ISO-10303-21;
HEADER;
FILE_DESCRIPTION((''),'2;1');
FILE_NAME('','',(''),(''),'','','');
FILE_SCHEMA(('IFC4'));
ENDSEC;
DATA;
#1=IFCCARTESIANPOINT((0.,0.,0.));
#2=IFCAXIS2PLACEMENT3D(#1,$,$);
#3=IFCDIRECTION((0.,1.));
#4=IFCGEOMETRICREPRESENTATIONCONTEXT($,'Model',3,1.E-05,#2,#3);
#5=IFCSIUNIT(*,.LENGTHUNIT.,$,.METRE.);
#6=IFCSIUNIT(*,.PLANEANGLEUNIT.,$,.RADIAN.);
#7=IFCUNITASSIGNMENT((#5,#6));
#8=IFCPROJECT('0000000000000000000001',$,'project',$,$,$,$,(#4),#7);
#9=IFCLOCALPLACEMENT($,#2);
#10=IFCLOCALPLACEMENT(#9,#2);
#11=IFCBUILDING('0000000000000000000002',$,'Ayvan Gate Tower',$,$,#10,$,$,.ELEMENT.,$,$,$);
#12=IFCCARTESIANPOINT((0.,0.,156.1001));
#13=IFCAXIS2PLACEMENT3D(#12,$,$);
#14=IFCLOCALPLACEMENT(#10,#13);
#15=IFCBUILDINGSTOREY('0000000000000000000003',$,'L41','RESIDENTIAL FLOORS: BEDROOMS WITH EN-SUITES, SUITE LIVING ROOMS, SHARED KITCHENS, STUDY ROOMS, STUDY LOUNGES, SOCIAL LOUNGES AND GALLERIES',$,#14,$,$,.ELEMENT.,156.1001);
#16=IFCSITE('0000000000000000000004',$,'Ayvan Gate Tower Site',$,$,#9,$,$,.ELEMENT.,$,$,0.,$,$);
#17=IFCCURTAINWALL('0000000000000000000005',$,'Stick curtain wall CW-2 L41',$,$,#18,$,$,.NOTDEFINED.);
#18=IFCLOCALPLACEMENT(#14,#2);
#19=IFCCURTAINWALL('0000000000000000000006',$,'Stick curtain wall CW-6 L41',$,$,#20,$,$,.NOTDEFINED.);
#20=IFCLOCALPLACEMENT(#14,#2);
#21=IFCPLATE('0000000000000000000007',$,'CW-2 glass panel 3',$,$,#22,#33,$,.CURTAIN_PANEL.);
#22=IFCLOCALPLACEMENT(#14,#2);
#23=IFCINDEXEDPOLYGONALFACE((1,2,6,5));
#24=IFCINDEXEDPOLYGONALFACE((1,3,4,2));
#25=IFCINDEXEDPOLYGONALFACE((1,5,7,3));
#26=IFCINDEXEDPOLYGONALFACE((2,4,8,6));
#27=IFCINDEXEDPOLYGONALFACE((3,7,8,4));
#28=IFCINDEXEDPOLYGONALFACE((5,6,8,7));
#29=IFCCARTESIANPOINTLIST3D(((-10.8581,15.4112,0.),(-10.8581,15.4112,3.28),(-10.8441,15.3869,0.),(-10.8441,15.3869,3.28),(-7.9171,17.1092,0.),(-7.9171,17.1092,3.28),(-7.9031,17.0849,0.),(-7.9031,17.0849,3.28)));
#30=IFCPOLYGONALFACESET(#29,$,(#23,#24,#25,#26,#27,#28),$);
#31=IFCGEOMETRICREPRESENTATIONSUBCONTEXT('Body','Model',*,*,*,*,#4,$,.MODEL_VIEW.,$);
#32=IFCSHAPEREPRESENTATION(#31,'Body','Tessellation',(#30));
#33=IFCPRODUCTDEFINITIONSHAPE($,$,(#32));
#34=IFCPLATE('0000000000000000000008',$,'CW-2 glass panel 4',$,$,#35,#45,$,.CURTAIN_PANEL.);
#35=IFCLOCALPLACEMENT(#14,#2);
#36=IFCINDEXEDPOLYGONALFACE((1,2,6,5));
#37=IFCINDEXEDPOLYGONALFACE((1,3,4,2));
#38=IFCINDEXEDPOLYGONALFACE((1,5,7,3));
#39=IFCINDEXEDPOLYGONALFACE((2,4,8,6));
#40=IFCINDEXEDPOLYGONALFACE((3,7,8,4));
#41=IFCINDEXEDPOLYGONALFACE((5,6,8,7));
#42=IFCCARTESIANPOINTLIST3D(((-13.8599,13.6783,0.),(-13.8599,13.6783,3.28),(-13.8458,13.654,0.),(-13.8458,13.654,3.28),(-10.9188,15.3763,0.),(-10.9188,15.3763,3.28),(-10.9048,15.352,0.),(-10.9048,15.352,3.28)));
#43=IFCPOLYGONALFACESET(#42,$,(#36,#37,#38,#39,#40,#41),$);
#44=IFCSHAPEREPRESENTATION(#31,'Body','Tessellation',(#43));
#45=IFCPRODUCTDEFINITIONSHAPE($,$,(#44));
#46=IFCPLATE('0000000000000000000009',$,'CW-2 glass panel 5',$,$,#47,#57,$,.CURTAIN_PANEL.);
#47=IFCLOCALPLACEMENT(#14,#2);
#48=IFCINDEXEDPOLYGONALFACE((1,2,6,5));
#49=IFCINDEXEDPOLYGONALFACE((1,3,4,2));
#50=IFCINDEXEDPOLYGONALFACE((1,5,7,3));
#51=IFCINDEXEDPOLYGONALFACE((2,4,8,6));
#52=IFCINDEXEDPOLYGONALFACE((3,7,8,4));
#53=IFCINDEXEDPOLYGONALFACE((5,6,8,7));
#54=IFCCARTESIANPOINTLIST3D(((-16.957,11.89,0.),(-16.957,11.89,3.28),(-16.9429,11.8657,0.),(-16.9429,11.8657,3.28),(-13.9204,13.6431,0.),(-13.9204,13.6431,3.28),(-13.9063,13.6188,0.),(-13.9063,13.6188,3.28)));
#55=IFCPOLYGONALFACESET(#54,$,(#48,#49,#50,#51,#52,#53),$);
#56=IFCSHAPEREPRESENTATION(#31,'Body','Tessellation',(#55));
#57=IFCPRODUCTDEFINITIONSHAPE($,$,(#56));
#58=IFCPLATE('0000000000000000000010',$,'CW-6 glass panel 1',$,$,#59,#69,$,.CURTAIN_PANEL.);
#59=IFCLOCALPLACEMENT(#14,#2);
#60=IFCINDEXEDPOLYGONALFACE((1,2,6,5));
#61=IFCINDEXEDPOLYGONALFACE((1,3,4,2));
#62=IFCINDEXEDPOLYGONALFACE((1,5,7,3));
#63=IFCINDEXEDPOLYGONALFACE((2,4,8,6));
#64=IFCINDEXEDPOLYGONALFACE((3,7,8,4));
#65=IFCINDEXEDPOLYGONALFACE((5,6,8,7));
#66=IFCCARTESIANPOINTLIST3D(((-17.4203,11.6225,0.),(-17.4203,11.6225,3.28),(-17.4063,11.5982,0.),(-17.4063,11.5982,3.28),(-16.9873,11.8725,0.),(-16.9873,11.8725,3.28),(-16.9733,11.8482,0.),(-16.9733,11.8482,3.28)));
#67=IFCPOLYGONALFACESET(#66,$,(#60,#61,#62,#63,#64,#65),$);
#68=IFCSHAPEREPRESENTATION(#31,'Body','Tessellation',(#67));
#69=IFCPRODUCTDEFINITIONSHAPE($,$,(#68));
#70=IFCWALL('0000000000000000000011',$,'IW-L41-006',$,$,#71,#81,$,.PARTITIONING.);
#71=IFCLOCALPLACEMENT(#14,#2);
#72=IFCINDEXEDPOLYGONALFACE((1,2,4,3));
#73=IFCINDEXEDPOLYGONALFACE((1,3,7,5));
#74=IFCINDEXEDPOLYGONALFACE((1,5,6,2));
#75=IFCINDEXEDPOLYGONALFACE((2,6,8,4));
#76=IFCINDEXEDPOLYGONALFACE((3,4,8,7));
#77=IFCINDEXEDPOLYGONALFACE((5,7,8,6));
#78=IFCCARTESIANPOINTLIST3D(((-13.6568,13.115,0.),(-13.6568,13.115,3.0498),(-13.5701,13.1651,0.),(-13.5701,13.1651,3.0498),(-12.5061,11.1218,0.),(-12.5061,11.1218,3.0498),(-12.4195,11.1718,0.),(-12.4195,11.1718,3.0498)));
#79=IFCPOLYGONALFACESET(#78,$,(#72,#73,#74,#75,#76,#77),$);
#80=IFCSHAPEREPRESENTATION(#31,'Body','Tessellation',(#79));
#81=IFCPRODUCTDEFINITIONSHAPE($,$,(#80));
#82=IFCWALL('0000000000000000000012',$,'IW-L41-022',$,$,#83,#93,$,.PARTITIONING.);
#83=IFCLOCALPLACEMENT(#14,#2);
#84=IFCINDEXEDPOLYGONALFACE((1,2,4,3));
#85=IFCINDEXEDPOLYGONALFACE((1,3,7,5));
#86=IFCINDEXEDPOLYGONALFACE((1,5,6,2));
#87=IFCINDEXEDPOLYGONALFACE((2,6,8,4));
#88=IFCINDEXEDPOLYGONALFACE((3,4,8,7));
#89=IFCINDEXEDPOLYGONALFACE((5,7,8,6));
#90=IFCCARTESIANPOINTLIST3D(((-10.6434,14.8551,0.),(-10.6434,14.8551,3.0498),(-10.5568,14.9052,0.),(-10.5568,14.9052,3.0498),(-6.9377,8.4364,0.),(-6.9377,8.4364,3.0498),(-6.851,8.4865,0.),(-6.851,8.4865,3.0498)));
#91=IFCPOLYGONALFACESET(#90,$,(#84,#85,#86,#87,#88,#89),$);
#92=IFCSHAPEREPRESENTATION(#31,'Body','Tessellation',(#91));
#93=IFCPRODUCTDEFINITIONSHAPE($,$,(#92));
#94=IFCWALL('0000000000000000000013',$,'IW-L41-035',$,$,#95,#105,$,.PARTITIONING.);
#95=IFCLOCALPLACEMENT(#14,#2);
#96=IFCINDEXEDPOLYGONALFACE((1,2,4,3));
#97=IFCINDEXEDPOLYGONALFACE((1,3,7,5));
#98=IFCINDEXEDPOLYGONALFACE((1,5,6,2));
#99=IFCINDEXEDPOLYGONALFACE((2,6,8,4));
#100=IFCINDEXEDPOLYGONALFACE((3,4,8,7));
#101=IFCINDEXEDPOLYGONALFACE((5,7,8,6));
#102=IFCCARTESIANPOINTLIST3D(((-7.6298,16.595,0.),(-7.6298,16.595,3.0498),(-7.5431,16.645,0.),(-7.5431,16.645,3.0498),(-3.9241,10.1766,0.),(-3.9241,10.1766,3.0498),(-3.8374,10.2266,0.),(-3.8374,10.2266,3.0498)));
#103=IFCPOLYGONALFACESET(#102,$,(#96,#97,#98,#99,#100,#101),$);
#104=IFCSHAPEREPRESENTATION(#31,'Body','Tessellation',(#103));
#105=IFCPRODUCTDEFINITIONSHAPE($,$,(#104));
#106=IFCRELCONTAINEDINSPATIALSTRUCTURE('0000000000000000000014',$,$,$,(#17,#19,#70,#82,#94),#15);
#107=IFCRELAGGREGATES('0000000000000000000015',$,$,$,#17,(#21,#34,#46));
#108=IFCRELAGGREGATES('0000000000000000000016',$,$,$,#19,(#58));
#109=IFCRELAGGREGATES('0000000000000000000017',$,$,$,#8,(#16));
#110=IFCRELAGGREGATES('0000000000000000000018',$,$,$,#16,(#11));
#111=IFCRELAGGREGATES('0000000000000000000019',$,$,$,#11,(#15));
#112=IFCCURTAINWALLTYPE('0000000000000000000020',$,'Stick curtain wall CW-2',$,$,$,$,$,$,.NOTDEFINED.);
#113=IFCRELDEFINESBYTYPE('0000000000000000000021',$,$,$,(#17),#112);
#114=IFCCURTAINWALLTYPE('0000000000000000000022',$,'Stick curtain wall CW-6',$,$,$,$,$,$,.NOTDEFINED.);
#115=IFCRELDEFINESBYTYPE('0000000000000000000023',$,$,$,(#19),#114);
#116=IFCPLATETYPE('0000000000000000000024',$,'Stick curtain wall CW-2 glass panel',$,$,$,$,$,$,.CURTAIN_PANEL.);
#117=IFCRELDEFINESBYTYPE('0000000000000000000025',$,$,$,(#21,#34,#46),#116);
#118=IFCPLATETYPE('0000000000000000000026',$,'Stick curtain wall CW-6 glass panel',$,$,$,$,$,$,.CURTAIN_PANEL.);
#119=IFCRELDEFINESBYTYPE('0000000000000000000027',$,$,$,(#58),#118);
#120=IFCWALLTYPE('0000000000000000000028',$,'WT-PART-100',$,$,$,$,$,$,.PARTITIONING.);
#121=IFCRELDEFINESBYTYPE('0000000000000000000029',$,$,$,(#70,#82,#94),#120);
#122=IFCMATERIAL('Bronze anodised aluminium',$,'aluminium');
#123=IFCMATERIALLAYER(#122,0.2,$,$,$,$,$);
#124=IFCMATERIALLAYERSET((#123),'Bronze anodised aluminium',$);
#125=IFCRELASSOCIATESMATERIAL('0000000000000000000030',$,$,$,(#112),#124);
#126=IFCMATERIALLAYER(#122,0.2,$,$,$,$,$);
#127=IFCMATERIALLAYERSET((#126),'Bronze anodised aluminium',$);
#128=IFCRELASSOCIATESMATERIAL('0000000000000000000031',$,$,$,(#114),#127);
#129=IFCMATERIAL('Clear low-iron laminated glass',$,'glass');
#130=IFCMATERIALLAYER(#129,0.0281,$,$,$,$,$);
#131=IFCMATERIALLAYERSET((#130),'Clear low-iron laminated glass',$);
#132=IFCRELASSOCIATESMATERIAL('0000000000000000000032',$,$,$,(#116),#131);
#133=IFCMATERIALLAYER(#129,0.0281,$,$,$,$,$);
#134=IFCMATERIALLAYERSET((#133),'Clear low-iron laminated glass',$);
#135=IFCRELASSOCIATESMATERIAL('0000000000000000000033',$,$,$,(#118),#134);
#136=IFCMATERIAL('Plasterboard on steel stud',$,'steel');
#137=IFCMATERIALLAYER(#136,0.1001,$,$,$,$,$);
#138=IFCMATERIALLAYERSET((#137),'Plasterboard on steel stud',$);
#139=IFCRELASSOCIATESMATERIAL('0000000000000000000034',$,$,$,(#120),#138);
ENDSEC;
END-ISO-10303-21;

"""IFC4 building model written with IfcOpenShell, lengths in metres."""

from ifc_helpers import new_model, si_unit, direction, frame, frame_2d, origin, origin_2d, place, context, subcontext, project, spatial, rectangle, extrude, material, layer, layer_set, type_object, element, aggregate, save


model = new_model("IFC4")

# Units and contexts
model_context = context("Model", 3, precision=1e-05, world=origin(), true_north=direction((0.0, 1.0)))
body_context = subcontext(model_context, "Body", "Model", "MODEL_VIEW")
ifc_project = project(units=[si_unit("LENGTHUNIT", "METRE"), si_unit("PLANEANGLEUNIT", "RADIAN")], contexts=[model_context])

# Site, building, storey
site_placement = place(None, origin())
site = spatial("IfcSite", under=ifc_project, at=site_placement, Name="Ayvan Gate Tower Site", CompositionType="ELEMENT", RefElevation=0.0)
building_placement = place(site_placement, origin())
building = spatial("IfcBuilding", under=site, at=building_placement, Name="Ayvan Gate Tower", CompositionType="ELEMENT")
storey_placement = place(building_placement, frame((0.0, 0.0, 156.1001)))
storey = spatial("IfcBuildingStorey", under=building, at=storey_placement, Name="L41", Description="RESIDENTIAL FLOORS: BEDROOMS WITH EN-SUITES, SUITE LIVING ROOMS, SHARED KITCHENS, STUDY ROOMS, STUDY LOUNGES, SOCIAL LOUNGES AND GALLERIES", CompositionType="ELEMENT", Elevation=156.1001)

# Curtain walls
ifc_material_1 = material(Name="Bronze anodised aluminium", Category="aluminium")
ifc_layer_1 = layer(ifc_material_1, 0.2)
ifc_layer_set_1 = layer_set([ifc_layer_1], Name="Bronze anodised aluminium")
curtain_wall_type_1 = type_object("IfcCurtainWallType", Name="Stick curtain wall CW-2", PredefinedType="NOTDEFINED", material=ifc_layer_set_1)
curtain_wall_1_placement = place(storey_placement, origin())
curtain_wall_1 = element("IfcCurtainWall", 1, at=curtain_wall_1_placement, inside=storey, type_object=curtain_wall_type_1, Name="Stick curtain wall CW-2 L41", PredefinedType="NOTDEFINED")
ifc_layer_2 = layer(ifc_material_1, 0.2)
ifc_layer_set_2 = layer_set([ifc_layer_2], Name="Bronze anodised aluminium")
curtain_wall_type_2 = type_object("IfcCurtainWallType", Name="Stick curtain wall CW-6", PredefinedType="NOTDEFINED", material=ifc_layer_set_2)
curtain_wall_2_placement = place(storey_placement, origin())
curtain_wall_2 = element("IfcCurtainWall", 2, at=curtain_wall_2_placement, inside=storey, type_object=curtain_wall_type_2, Name="Stick curtain wall CW-6 L41", PredefinedType="NOTDEFINED")

# Plates
ifc_material_2 = material(Name="Clear low-iron laminated glass", Category="glass")
ifc_layer_3 = layer(ifc_material_2, 0.0281)
ifc_layer_set_3 = layer_set([ifc_layer_3], Name="Clear low-iron laminated glass")
plate_type_1 = type_object("IfcPlateType", Name="Stick curtain wall CW-2 glass panel", PredefinedType="CURTAIN_PANEL", material=ifc_layer_set_3)
plate_1_placement = place(storey_placement, frame((-9.3806, 16.248, 0.0), z_axis=(0.0, 0.0, 1.0), x_axis=(-0.866025, -0.5, 0.0)))
plate_1 = element("IfcPlate", 3, at=plate_1_placement, type_object=plate_type_1, Name="CW-2 glass panel 3", PredefinedType="CURTAIN_PANEL", context=body_context, shape_type="SweptSolid", body=[
    extrude(rectangle(XDim=3.396, YDim=0.0281, at=origin_2d()), origin(), (0.0, 0.0, 1.0), 3.28),
])
plate_2_placement = place(storey_placement, frame((-12.3823, 14.5151, 0.0), z_axis=(0.0, 0.0, 1.0), x_axis=(-0.866025, -0.5, 0.0)))
plate_2 = element("IfcPlate", 4, at=plate_2_placement, type_object=plate_type_1, Name="CW-2 glass panel 4", PredefinedType="CURTAIN_PANEL", context=body_context, shape_type="SweptSolid", body=[
    extrude(rectangle(XDim=3.396, YDim=0.0281, at=origin_2d()), origin(), (0.0, 0.0, 1.0), 3.28),
])
plate_3_placement = place(storey_placement, frame((-15.4316, 12.7544, 0.0), z_axis=(0.0, 0.0, 1.0), x_axis=(-0.866025, -0.5, 0.0)))
plate_3 = element("IfcPlate", 5, at=plate_3_placement, type_object=plate_type_1, Name="CW-2 glass panel 5", PredefinedType="CURTAIN_PANEL", context=body_context, shape_type="SweptSolid", body=[
    extrude(rectangle(XDim=3.5063, YDim=0.0281, at=origin_2d()), origin(), (0.0, 0.0, 1.0), 3.28),
])
aggregate(curtain_wall_1, [plate_1, plate_2, plate_3])
ifc_layer_4 = layer(ifc_material_2, 0.0281)
ifc_layer_set_4 = layer_set([ifc_layer_4], Name="Clear low-iron laminated glass")
plate_type_2 = type_object("IfcPlateType", Name="Stick curtain wall CW-6 glass panel", PredefinedType="CURTAIN_PANEL", material=ifc_layer_set_4)
plate_4_placement = place(storey_placement, frame((-17.1968, 11.7354, 0.0), z_axis=(0.0, 0.0, 1.0), x_axis=(-0.866025, -0.5, 0.0)))
plate_4 = element("IfcPlate", 6, at=plate_4_placement, type_object=plate_type_2, Name="CW-6 glass panel 1", PredefinedType="CURTAIN_PANEL", context=body_context, shape_type="SweptSolid", body=[
    extrude(rectangle(XDim=0.5, YDim=0.0281, at=origin_2d()), origin(), (0.0, 0.0, 1.0), 3.28),
])
aggregate(curtain_wall_2, [plate_4])

# Walls
ifc_material_3 = material(Name="Plasterboard on steel stud", Category="steel")
ifc_layer_5 = layer(ifc_material_3, 0.1001)
ifc_layer_set_5 = layer_set([ifc_layer_5], Name="Plasterboard on steel stud")
wall_type = type_object("IfcWallType", Name="WT-PART-100", PredefinedType="PARTITIONING", material=ifc_layer_set_5)
wall_1_placement = place(storey_placement, frame((-13.6135, 13.1401, 0.0), z_axis=(0.0, 0.0, 1.0), x_axis=(0.499961, -0.866048, 0.0)))
element("IfcWall", 7, at=wall_1_placement, inside=storey, type_object=wall_type, Name="IW-L41-006", PredefinedType="PARTITIONING", context=body_context, shape_type="SweptSolid", body=[
    extrude(rectangle(XDim=2.3015, YDim=0.1001, at=frame_2d((1.1509, 0.0))), origin(), (0.0, 0.0, 1.0), 3.0498),
])
wall_2_placement = place(storey_placement, frame((-10.6001, 14.8801, 0.0), z_axis=(0.0, 0.0, 1.0), x_axis=(0.499997, -0.866027, 0.0)))
element("IfcWall", 8, at=wall_2_placement, inside=storey, type_object=wall_type, Name="IW-L41-022", PredefinedType="PARTITIONING", context=body_context, shape_type="SweptSolid", body=[
    extrude(rectangle(XDim=7.4116, YDim=0.1001, at=frame_2d((3.7058, 0.0))), origin(), (0.0, 0.0, 1.0), 3.0498),
])
wall_3_placement = place(storey_placement, frame((-7.5864, 16.6199, 0.0), z_axis=(0.0, 0.0, 1.0), x_axis=(0.500011, -0.866019, 0.0)))
element("IfcWall", 9, at=wall_3_placement, inside=storey, type_object=wall_type, Name="IW-L41-035", PredefinedType="PARTITIONING", context=body_context, shape_type="SweptSolid", body=[
    extrude(rectangle(XDim=7.4114, YDim=0.1001, at=frame_2d((3.7056, 0.0))), origin(), (0.0, 0.0, 1.0), 3.0498),
])

save(model, "model.ifc")
